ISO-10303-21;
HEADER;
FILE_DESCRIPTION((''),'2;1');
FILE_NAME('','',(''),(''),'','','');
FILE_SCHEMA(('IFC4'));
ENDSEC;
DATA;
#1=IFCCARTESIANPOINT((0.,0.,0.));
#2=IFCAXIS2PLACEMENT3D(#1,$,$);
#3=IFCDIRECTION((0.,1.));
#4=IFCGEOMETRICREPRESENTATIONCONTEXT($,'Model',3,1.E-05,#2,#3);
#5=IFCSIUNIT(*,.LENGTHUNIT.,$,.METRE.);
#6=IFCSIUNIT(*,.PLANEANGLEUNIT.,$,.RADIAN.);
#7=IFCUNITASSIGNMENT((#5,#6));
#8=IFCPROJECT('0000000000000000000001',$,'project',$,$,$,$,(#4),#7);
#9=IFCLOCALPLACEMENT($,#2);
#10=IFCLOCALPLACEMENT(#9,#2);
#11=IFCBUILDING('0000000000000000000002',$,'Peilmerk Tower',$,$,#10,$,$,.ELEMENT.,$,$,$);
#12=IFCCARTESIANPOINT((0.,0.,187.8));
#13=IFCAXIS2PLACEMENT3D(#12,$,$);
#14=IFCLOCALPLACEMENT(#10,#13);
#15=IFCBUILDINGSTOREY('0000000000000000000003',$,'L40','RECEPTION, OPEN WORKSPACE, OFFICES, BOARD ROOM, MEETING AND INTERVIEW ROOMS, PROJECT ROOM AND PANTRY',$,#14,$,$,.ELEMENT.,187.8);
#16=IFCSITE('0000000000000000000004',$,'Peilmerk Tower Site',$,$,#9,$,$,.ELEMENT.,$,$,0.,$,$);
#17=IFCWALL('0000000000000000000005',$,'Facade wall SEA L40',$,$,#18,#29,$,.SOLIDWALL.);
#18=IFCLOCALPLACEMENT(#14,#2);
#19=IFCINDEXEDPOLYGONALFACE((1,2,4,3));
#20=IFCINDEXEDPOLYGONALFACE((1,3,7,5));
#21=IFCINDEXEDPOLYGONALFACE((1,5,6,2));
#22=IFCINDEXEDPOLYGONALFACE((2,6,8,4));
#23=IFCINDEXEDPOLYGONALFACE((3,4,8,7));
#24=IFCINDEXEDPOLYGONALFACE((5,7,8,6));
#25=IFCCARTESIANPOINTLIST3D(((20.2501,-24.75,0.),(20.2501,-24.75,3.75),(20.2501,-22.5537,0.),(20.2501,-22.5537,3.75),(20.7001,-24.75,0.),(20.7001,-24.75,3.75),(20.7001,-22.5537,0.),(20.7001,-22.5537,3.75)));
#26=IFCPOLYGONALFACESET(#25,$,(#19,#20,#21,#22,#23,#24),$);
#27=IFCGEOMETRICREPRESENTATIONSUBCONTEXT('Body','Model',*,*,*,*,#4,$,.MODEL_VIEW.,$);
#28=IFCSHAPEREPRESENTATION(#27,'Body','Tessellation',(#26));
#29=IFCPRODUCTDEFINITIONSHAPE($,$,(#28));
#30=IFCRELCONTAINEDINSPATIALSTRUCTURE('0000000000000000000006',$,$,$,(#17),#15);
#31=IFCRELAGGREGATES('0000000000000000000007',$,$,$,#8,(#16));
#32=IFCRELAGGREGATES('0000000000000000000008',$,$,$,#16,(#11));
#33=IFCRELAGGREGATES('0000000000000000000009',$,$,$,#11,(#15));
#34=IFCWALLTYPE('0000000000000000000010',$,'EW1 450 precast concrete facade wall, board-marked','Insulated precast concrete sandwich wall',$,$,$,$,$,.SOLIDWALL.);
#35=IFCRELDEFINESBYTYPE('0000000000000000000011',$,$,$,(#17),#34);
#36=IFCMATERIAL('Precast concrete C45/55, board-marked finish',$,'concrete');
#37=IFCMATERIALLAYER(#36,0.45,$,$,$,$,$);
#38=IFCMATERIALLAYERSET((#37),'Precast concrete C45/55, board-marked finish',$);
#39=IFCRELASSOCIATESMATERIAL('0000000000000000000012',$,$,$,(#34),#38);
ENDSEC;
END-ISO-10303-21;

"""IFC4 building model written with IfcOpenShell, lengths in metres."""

from ifc_helpers import new_model, si_unit, direction, frame, frame_2d, origin, place, context, subcontext, project, spatial, rectangle, extrude, material, layer, layer_set, type_object, element, save


model = new_model("IFC4")

# Units and contexts
model_context = context("Model", 3, precision=1e-05, world=origin(), true_north=direction((0.0, 1.0)))
body_context = subcontext(model_context, "Body", "Model", "MODEL_VIEW")
ifc_project = project(units=[si_unit("LENGTHUNIT", "METRE"), si_unit("PLANEANGLEUNIT", "RADIAN")], contexts=[model_context])

# Site, building, storey
site_placement = place(None, origin())
site = spatial("IfcSite", under=ifc_project, at=site_placement, Name="Peilmerk Tower Site", CompositionType="ELEMENT", RefElevation=0.0)
building_placement = place(site_placement, origin())
building = spatial("IfcBuilding", under=site, at=building_placement, Name="Peilmerk Tower", CompositionType="ELEMENT")
storey_placement = place(building_placement, frame((0.0, 0.0, 187.8)))
storey = spatial("IfcBuildingStorey", under=building, at=storey_placement, Name="L40", Description="RECEPTION, OPEN WORKSPACE, OFFICES, BOARD ROOM, MEETING AND INTERVIEW ROOMS, PROJECT ROOM AND PANTRY", CompositionType="ELEMENT", Elevation=187.8)

# Shared definitions
ifc_material_1 = material(Name="Precast concrete C45/55, board-marked finish", Category="concrete")
ifc_layer_1 = layer(ifc_material_1, 0.45)
ifc_layer_set_1 = layer_set([ifc_layer_1], Name="Precast concrete C45/55, board-marked finish")
wall_type = type_object("IfcWallType", Name="EW1 450 precast concrete facade wall, board-marked", Description="Insulated precast concrete sandwich wall", PredefinedType="SOLIDWALL", material=ifc_layer_set_1)

# Wall
wall_1_placement = place(storey_placement, frame((20.4751, -22.5537, 0.0), z_axis=(0.0, 0.0, 1.0), x_axis=(0.0, -1.0, 0.0)))
element("IfcWall", 1, at=wall_1_placement, inside=storey, type_object=wall_type, Name="Facade wall SEA L40", PredefinedType="SOLIDWALL", context=body_context, shape_type="SweptSolid", body=[
    extrude(rectangle(XDim=2.1963, YDim=0.45, at=frame_2d((1.0981, 0.0))), origin(), (0.0, 0.0, 1.0), 3.75),
])

save(model, "model.ifc")
